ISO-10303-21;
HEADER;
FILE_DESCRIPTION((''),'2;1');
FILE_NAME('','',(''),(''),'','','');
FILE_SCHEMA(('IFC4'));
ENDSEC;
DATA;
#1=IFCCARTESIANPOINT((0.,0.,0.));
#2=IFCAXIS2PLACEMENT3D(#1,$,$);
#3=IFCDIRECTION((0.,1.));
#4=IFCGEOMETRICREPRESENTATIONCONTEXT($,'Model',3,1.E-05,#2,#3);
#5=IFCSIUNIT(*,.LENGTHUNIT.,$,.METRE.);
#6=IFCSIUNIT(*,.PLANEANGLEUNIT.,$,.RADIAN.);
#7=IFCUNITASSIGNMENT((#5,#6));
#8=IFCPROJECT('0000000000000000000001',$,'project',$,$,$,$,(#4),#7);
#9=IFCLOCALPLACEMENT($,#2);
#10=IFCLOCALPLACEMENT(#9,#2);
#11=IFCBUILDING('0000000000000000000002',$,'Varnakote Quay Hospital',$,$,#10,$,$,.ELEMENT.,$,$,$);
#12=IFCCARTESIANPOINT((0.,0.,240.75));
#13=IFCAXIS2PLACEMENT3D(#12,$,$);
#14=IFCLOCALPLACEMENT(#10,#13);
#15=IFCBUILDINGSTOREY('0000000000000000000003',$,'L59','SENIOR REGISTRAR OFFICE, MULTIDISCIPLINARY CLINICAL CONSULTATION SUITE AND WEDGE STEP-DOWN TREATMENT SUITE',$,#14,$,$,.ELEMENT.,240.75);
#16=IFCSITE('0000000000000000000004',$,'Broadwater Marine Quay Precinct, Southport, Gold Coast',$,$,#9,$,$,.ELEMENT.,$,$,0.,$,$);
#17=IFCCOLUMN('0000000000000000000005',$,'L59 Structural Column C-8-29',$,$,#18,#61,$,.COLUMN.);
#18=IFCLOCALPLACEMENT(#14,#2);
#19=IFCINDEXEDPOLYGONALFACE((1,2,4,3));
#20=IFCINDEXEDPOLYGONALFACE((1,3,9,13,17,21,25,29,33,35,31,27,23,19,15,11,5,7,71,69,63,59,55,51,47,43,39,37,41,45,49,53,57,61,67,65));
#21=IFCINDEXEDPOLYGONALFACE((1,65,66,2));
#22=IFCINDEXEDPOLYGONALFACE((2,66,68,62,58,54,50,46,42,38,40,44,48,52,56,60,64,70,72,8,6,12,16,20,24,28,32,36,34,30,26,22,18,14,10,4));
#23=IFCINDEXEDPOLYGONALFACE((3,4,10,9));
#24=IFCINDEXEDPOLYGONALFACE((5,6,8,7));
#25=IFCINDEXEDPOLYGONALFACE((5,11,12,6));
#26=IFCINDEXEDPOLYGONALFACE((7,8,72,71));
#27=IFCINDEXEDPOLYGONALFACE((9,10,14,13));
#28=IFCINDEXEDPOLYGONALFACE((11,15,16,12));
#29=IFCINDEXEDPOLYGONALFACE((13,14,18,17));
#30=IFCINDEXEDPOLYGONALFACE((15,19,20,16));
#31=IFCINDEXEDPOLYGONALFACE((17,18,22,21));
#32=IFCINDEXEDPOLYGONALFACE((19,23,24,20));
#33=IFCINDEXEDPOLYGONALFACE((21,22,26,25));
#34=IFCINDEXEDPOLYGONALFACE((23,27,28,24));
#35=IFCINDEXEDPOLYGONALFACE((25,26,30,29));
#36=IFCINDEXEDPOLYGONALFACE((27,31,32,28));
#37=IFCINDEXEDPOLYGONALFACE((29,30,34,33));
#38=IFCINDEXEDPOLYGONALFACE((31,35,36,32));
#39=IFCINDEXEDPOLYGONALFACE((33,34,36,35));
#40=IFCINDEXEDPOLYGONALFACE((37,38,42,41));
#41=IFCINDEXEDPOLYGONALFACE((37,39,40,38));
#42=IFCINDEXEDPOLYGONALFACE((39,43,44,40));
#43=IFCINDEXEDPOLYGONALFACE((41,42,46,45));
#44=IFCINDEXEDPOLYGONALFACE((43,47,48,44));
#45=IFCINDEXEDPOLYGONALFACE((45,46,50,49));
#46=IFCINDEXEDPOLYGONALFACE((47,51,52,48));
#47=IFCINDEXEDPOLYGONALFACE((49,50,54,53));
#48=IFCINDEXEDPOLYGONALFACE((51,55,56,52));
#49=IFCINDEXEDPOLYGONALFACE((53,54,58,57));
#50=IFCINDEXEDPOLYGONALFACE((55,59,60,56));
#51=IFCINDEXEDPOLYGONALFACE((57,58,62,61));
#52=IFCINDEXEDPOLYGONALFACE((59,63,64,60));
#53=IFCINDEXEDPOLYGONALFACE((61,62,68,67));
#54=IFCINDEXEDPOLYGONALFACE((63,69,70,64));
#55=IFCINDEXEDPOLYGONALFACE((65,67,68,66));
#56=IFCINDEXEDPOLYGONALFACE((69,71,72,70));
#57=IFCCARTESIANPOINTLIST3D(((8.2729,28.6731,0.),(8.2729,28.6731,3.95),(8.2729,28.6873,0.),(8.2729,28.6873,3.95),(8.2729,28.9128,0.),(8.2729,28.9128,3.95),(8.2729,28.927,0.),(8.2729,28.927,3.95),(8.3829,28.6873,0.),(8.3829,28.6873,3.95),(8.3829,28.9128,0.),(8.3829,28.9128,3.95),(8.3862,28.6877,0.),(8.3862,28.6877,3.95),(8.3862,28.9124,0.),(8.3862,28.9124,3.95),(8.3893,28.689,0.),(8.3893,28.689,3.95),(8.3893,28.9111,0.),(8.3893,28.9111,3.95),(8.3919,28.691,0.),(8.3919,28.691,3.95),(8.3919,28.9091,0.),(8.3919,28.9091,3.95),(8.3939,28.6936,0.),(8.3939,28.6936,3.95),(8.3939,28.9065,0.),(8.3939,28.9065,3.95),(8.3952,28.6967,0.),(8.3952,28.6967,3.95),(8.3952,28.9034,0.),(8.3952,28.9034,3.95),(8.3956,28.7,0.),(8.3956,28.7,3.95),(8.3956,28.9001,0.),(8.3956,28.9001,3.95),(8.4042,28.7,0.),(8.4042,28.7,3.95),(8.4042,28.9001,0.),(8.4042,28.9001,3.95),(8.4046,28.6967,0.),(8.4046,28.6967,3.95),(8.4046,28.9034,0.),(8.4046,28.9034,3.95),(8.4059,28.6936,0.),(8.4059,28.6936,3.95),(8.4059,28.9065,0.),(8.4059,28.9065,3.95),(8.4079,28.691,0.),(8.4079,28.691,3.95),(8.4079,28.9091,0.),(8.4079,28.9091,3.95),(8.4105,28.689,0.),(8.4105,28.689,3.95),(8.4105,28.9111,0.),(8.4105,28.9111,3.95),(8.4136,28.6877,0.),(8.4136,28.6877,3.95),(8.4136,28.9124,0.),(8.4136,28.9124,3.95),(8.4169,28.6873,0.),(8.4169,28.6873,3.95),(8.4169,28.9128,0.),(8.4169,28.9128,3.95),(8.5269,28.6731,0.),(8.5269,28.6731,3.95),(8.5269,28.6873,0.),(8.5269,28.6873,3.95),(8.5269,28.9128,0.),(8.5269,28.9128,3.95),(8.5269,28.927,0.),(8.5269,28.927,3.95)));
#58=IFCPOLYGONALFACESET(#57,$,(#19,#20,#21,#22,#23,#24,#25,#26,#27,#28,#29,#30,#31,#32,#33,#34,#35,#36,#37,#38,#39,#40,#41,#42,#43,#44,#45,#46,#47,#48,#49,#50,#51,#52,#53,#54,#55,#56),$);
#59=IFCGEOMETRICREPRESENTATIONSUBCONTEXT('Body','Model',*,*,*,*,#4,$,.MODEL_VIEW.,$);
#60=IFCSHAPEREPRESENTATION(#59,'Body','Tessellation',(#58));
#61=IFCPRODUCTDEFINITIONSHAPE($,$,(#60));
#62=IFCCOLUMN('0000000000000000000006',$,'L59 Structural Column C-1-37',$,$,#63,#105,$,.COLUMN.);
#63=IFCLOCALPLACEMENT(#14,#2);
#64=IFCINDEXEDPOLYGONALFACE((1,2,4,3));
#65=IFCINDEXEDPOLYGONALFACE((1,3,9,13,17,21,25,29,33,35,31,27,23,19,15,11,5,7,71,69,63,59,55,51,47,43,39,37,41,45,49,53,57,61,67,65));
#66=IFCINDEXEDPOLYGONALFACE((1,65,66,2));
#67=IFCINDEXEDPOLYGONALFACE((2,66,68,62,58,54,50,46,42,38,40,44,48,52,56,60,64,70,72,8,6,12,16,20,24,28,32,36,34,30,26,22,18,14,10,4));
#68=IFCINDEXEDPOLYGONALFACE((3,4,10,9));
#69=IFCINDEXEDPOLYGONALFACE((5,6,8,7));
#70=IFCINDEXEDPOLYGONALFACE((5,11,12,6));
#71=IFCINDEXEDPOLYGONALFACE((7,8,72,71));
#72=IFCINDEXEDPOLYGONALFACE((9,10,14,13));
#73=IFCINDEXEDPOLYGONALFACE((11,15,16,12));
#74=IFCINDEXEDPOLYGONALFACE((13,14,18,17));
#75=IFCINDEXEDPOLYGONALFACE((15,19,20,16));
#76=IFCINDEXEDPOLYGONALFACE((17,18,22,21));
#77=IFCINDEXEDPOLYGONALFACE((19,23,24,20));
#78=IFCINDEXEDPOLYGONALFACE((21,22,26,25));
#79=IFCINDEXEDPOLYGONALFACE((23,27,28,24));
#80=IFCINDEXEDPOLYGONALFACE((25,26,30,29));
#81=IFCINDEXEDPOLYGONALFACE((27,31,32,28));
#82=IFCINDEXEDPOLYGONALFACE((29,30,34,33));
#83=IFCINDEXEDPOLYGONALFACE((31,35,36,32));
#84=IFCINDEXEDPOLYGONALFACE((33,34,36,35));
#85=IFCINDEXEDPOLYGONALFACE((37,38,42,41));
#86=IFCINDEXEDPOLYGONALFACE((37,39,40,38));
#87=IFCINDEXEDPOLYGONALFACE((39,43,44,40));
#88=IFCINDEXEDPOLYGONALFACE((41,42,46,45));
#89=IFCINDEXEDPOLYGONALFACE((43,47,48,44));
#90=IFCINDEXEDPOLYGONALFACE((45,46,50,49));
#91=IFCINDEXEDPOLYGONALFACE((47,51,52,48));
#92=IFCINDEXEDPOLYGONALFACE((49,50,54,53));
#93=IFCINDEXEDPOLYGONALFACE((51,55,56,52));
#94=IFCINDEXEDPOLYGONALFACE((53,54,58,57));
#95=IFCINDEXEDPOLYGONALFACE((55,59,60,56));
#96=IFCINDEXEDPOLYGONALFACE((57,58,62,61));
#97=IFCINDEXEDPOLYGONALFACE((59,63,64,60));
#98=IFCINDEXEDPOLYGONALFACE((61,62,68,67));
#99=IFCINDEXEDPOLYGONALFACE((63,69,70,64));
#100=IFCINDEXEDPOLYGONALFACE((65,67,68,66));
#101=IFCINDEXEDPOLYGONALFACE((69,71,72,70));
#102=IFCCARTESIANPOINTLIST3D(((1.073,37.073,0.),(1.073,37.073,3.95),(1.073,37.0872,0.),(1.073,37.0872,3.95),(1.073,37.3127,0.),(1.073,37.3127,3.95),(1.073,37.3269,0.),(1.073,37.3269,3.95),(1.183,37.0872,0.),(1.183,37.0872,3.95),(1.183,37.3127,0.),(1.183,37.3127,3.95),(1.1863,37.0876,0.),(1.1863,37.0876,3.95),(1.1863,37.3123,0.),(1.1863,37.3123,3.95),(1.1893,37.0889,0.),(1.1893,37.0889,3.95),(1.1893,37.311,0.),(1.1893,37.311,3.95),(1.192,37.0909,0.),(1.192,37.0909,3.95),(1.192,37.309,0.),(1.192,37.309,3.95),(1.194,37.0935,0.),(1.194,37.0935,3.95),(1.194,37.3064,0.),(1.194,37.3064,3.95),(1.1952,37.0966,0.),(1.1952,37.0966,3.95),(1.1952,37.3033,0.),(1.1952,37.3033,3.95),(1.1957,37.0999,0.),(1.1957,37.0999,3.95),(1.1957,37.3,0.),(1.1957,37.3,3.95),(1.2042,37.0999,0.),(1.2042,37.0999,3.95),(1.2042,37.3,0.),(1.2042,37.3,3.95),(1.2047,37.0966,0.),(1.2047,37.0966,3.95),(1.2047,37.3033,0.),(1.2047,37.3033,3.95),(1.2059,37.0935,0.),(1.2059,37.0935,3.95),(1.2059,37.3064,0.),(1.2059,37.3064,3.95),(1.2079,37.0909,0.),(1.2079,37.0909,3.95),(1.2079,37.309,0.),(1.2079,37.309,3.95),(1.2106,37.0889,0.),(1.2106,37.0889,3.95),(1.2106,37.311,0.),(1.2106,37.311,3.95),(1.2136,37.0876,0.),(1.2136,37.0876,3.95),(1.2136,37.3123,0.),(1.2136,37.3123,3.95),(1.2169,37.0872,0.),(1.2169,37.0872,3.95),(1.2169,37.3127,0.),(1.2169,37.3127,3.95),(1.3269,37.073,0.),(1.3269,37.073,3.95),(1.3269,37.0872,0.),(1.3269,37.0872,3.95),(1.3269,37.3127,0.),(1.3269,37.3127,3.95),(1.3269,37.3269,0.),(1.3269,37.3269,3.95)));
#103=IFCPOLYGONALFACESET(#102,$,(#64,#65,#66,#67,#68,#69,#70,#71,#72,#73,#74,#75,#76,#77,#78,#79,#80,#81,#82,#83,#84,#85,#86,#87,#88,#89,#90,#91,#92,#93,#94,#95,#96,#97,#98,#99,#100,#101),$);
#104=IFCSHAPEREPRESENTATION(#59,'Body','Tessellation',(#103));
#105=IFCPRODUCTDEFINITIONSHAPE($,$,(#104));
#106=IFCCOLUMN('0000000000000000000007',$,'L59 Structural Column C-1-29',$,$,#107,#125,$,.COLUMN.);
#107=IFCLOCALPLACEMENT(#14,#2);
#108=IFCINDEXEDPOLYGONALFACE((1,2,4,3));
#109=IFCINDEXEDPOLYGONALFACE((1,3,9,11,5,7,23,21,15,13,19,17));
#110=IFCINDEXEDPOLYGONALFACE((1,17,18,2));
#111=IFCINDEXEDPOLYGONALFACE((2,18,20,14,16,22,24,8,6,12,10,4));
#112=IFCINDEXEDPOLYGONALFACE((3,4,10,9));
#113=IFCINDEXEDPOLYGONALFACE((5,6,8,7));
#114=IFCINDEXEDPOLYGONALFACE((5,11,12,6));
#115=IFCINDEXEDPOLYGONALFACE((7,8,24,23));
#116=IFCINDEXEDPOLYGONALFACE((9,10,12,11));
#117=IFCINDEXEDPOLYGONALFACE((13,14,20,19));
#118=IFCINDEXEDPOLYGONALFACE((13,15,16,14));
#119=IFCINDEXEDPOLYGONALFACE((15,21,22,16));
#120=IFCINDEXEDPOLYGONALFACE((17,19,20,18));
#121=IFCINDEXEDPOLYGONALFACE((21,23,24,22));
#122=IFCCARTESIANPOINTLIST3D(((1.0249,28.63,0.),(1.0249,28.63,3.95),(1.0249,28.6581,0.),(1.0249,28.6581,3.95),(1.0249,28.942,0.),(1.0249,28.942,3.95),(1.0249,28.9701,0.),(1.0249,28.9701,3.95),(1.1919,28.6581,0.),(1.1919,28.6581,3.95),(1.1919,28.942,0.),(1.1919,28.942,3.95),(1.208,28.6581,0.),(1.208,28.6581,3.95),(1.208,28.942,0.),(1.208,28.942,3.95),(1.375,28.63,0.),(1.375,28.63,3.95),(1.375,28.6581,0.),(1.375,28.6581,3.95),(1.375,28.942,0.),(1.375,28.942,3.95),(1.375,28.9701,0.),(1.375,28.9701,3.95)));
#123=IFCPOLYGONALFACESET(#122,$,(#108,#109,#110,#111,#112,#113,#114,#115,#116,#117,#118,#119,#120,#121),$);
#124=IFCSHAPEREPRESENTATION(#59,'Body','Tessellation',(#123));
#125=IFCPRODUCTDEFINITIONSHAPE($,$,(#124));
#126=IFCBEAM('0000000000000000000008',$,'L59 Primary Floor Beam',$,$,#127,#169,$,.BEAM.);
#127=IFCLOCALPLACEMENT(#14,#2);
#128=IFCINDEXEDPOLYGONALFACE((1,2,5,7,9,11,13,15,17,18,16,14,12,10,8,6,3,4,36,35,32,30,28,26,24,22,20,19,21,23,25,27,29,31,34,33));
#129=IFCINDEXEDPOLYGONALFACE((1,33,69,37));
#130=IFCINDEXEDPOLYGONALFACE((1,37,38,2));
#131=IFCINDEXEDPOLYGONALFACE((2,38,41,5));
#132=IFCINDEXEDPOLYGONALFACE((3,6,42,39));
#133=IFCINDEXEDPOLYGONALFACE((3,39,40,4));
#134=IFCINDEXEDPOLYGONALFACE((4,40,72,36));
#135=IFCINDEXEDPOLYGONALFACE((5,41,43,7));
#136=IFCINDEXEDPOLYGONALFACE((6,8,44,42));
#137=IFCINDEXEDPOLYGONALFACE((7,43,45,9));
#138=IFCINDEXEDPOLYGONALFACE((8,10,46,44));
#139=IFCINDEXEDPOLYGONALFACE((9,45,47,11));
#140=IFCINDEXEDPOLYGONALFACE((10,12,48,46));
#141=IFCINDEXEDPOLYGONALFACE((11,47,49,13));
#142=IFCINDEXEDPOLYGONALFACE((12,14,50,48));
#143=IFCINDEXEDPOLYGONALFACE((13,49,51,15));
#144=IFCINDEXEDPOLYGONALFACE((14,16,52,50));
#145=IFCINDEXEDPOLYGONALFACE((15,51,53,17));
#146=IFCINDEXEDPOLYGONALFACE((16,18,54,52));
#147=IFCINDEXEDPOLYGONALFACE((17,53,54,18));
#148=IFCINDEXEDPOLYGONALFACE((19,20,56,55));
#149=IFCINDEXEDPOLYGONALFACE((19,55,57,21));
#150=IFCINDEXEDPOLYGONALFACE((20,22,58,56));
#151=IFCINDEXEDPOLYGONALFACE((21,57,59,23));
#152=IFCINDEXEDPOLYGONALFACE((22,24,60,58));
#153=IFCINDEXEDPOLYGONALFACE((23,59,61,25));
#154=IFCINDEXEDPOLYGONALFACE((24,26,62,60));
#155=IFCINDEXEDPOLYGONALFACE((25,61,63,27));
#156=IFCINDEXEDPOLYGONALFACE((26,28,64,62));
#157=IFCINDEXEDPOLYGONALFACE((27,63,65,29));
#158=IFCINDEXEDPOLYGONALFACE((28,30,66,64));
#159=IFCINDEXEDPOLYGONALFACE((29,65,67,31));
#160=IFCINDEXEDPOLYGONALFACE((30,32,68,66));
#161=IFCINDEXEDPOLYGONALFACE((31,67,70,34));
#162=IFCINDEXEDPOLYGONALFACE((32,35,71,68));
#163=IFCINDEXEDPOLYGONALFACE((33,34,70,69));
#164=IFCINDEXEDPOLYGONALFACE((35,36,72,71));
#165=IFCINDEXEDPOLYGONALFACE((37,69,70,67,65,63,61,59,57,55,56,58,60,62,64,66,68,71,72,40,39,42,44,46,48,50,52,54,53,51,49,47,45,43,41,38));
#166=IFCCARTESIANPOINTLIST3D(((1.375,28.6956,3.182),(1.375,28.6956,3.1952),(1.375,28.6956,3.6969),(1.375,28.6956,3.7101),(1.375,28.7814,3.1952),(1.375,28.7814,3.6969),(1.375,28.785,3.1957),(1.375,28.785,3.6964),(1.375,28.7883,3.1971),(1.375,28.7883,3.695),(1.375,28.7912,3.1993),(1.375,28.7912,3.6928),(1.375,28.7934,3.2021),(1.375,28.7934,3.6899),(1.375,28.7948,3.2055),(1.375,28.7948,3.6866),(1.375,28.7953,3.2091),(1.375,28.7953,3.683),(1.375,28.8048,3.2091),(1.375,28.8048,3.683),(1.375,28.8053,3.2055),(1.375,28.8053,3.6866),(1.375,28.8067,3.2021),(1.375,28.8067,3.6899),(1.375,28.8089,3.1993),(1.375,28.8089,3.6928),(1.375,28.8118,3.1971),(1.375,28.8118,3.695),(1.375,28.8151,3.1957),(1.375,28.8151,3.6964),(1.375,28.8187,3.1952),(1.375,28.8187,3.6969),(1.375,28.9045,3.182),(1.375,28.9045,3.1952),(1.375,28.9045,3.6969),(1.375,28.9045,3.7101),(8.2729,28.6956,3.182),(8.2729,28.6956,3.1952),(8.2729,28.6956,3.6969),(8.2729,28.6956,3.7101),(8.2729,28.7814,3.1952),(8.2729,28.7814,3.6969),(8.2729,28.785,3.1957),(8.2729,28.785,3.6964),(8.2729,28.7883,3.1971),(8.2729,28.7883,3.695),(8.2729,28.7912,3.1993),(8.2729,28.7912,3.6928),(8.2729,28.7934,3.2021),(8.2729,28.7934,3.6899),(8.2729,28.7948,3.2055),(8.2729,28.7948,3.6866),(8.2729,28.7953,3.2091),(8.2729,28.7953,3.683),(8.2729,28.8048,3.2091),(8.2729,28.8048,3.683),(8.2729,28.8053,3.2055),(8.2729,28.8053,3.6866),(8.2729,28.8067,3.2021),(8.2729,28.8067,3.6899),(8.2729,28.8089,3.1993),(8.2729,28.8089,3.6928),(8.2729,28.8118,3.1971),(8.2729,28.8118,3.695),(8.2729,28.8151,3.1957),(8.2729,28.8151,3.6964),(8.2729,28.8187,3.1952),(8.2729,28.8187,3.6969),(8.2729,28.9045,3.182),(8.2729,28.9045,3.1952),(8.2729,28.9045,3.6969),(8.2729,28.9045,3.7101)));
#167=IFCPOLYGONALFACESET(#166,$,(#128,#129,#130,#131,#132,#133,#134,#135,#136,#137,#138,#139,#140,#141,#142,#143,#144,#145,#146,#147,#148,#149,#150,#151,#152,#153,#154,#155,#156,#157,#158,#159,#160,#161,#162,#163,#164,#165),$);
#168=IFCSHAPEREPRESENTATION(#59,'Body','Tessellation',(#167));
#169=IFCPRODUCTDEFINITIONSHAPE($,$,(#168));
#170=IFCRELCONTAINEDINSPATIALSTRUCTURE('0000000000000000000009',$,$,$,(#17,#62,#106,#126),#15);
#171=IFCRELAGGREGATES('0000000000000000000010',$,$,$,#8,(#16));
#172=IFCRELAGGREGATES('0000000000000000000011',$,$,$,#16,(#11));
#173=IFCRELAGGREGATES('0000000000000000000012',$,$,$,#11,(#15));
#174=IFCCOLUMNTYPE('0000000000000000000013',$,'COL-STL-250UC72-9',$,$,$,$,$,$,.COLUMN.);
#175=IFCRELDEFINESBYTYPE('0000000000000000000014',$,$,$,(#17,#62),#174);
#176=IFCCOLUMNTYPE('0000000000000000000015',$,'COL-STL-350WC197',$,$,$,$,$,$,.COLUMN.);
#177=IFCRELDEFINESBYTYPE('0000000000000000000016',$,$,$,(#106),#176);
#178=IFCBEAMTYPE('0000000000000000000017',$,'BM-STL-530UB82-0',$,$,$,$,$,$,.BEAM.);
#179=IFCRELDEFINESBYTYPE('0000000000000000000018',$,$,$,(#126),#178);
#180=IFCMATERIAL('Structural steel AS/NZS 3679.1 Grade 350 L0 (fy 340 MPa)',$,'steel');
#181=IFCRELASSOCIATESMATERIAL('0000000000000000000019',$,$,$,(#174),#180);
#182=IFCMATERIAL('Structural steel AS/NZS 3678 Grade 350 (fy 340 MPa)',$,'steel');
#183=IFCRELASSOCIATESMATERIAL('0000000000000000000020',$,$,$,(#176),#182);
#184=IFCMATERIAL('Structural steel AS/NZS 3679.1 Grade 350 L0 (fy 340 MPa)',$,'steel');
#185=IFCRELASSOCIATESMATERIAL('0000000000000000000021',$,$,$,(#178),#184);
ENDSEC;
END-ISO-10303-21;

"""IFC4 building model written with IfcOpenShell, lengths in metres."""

from ifc_helpers import new_model, si_unit, direction, frame, origin, origin_2d, place, context, subcontext, project, spatial, i_section, extrude, material, material_profile, profile_set, type_object, element, save


model = new_model("IFC4")

# Units and contexts
model_context = context("Model", 3, precision=1e-05, world=origin(), true_north=direction((0.0, 1.0)))
body_context = subcontext(model_context, "Body", "Model", "MODEL_VIEW")
ifc_project = project(units=[si_unit("LENGTHUNIT", "METRE"), si_unit("PLANEANGLEUNIT", "RADIAN")], contexts=[model_context])

# Site, building, storey
site_placement = place(None, origin())
site = spatial("IfcSite", under=ifc_project, at=site_placement, Name="Broadwater Marine Quay Precinct, Southport, Gold Coast", CompositionType="ELEMENT", RefElevation=0.0)
building_placement = place(site_placement, origin())
building = spatial("IfcBuilding", under=site, at=building_placement, Name="Varnakote Quay Hospital", CompositionType="ELEMENT")
storey_placement = place(building_placement, frame((0.0, 0.0, 240.75)))
storey = spatial("IfcBuildingStorey", under=building, at=storey_placement, Name="L59", Description="SENIOR REGISTRAR OFFICE, MULTIDISCIPLINARY CLINICAL CONSULTATION SUITE AND WEDGE STEP-DOWN TREATMENT SUITE", CompositionType="ELEMENT", Elevation=240.75)

# Columns
ifc_material_1 = material(Name="Structural steel AS/NZS 3679.1 Grade 350 L0 (fy 340 MPa)", Category="steel")
ifc_material_profile_1 = material_profile(ifc_material_1, i_section(OverallWidth=0.2539, OverallDepth=0.2539, WebThickness=0.0085, FlangeThickness=0.0142, FilletRadius=0.0127, at=origin_2d()), Name="250UC72.9")
ifc_profile_set_1 = profile_set([ifc_material_profile_1], Name="Structural steel AS/NZS 3679.1 Grade 350 L0 (fy 340 MPa)")
column_type_1 = type_object("IfcColumnType", Name="COL-STL-250UC72-9", PredefinedType="COLUMN", material=ifc_profile_set_1)
for number, where, z_axis, x_axis, name in (
    (1, (8.3999, 28.8, 0.0), (0.0, 0.0, 1.0), (1.0, 0.0, 0.0), "L59 Structural Column C-8-29"),
    (2, (1.2, 37.2, 0.0), (0.0, 0.0, 1.0), (1.0, 0.0, 0.0), "L59 Structural Column C-1-37"),
):
    element("IfcColumn", number, at=place(storey_placement, frame(where, z_axis=z_axis, x_axis=x_axis)), inside=storey, type_object=column_type_1, Name=name, PredefinedType="COLUMN", context=body_context, shape_type="SweptSolid", body=[
        extrude(i_section(OverallWidth=0.2539, OverallDepth=0.2539, WebThickness=0.0085, FlangeThickness=0.0142, FilletRadius=0.0127, at=origin_2d()), origin(), (0.0, 0.0, 1.0), 3.95),
    ])
ifc_material_2 = material(Name="Structural steel AS/NZS 3678 Grade 350 (fy 340 MPa)", Category="steel")
ifc_material_profile_2 = material_profile(ifc_material_2, i_section(OverallWidth=0.3501, OverallDepth=0.3401, WebThickness=0.0161, FlangeThickness=0.0281, at=origin_2d()), Name="350WC197")
ifc_profile_set_2 = profile_set([ifc_material_profile_2], Name="Structural steel AS/NZS 3678 Grade 350 (fy 340 MPa)")
column_type_2 = type_object("IfcColumnType", Name="COL-STL-350WC197", PredefinedType="COLUMN", material=ifc_profile_set_2)
column_placement = place(storey_placement, frame((1.2, 28.8, 0.0), z_axis=(0.0, 0.0, 1.0), x_axis=(1.0, 0.0, 0.0)))
element("IfcColumn", 3, at=column_placement, inside=storey, type_object=column_type_2, Name="L59 Structural Column C-1-29", PredefinedType="COLUMN", context=body_context, shape_type="SweptSolid", body=[
    extrude(i_section(OverallWidth=0.3501, OverallDepth=0.3401, WebThickness=0.0161, FlangeThickness=0.0281, at=origin_2d()), origin(), (0.0, 0.0, 1.0), 3.95),
])

# Beam
ifc_material_3 = material(Name="Structural steel AS/NZS 3679.1 Grade 350 L0 (fy 340 MPa)", Category="steel")
ifc_material_profile_3 = material_profile(ifc_material_3, i_section(OverallWidth=0.209, OverallDepth=0.5281, WebThickness=0.0095, FlangeThickness=0.0132, FilletRadius=0.0139, at=origin_2d()), Name="530UB82.0")
ifc_profile_set_3 = profile_set([ifc_material_profile_3], Name="Structural steel AS/NZS 3679.1 Grade 350 L0 (fy 340 MPa)")
beam_type_1 = type_object("IfcBeamType", Name="BM-STL-530UB82-0", PredefinedType="BEAM", material=ifc_profile_set_3)
beam_1_placement = place(storey_placement, frame((1.375, 28.8, 3.446), z_axis=(1.0, 0.0, 0.0), x_axis=(0.0, 1.0, 0.0)))
element("IfcBeam", 4, at=beam_1_placement, inside=storey, type_object=beam_type_1, Name="L59 Primary Floor Beam", PredefinedType="BEAM", context=body_context, shape_type="SweptSolid", body=[
    extrude(i_section(OverallWidth=0.209, OverallDepth=0.5281, WebThickness=0.0095, FlangeThickness=0.0132, FilletRadius=0.0139, at=origin_2d()), origin(), (0.0, 0.0, 1.0), 6.8979),
])

save(model, "model.ifc")
